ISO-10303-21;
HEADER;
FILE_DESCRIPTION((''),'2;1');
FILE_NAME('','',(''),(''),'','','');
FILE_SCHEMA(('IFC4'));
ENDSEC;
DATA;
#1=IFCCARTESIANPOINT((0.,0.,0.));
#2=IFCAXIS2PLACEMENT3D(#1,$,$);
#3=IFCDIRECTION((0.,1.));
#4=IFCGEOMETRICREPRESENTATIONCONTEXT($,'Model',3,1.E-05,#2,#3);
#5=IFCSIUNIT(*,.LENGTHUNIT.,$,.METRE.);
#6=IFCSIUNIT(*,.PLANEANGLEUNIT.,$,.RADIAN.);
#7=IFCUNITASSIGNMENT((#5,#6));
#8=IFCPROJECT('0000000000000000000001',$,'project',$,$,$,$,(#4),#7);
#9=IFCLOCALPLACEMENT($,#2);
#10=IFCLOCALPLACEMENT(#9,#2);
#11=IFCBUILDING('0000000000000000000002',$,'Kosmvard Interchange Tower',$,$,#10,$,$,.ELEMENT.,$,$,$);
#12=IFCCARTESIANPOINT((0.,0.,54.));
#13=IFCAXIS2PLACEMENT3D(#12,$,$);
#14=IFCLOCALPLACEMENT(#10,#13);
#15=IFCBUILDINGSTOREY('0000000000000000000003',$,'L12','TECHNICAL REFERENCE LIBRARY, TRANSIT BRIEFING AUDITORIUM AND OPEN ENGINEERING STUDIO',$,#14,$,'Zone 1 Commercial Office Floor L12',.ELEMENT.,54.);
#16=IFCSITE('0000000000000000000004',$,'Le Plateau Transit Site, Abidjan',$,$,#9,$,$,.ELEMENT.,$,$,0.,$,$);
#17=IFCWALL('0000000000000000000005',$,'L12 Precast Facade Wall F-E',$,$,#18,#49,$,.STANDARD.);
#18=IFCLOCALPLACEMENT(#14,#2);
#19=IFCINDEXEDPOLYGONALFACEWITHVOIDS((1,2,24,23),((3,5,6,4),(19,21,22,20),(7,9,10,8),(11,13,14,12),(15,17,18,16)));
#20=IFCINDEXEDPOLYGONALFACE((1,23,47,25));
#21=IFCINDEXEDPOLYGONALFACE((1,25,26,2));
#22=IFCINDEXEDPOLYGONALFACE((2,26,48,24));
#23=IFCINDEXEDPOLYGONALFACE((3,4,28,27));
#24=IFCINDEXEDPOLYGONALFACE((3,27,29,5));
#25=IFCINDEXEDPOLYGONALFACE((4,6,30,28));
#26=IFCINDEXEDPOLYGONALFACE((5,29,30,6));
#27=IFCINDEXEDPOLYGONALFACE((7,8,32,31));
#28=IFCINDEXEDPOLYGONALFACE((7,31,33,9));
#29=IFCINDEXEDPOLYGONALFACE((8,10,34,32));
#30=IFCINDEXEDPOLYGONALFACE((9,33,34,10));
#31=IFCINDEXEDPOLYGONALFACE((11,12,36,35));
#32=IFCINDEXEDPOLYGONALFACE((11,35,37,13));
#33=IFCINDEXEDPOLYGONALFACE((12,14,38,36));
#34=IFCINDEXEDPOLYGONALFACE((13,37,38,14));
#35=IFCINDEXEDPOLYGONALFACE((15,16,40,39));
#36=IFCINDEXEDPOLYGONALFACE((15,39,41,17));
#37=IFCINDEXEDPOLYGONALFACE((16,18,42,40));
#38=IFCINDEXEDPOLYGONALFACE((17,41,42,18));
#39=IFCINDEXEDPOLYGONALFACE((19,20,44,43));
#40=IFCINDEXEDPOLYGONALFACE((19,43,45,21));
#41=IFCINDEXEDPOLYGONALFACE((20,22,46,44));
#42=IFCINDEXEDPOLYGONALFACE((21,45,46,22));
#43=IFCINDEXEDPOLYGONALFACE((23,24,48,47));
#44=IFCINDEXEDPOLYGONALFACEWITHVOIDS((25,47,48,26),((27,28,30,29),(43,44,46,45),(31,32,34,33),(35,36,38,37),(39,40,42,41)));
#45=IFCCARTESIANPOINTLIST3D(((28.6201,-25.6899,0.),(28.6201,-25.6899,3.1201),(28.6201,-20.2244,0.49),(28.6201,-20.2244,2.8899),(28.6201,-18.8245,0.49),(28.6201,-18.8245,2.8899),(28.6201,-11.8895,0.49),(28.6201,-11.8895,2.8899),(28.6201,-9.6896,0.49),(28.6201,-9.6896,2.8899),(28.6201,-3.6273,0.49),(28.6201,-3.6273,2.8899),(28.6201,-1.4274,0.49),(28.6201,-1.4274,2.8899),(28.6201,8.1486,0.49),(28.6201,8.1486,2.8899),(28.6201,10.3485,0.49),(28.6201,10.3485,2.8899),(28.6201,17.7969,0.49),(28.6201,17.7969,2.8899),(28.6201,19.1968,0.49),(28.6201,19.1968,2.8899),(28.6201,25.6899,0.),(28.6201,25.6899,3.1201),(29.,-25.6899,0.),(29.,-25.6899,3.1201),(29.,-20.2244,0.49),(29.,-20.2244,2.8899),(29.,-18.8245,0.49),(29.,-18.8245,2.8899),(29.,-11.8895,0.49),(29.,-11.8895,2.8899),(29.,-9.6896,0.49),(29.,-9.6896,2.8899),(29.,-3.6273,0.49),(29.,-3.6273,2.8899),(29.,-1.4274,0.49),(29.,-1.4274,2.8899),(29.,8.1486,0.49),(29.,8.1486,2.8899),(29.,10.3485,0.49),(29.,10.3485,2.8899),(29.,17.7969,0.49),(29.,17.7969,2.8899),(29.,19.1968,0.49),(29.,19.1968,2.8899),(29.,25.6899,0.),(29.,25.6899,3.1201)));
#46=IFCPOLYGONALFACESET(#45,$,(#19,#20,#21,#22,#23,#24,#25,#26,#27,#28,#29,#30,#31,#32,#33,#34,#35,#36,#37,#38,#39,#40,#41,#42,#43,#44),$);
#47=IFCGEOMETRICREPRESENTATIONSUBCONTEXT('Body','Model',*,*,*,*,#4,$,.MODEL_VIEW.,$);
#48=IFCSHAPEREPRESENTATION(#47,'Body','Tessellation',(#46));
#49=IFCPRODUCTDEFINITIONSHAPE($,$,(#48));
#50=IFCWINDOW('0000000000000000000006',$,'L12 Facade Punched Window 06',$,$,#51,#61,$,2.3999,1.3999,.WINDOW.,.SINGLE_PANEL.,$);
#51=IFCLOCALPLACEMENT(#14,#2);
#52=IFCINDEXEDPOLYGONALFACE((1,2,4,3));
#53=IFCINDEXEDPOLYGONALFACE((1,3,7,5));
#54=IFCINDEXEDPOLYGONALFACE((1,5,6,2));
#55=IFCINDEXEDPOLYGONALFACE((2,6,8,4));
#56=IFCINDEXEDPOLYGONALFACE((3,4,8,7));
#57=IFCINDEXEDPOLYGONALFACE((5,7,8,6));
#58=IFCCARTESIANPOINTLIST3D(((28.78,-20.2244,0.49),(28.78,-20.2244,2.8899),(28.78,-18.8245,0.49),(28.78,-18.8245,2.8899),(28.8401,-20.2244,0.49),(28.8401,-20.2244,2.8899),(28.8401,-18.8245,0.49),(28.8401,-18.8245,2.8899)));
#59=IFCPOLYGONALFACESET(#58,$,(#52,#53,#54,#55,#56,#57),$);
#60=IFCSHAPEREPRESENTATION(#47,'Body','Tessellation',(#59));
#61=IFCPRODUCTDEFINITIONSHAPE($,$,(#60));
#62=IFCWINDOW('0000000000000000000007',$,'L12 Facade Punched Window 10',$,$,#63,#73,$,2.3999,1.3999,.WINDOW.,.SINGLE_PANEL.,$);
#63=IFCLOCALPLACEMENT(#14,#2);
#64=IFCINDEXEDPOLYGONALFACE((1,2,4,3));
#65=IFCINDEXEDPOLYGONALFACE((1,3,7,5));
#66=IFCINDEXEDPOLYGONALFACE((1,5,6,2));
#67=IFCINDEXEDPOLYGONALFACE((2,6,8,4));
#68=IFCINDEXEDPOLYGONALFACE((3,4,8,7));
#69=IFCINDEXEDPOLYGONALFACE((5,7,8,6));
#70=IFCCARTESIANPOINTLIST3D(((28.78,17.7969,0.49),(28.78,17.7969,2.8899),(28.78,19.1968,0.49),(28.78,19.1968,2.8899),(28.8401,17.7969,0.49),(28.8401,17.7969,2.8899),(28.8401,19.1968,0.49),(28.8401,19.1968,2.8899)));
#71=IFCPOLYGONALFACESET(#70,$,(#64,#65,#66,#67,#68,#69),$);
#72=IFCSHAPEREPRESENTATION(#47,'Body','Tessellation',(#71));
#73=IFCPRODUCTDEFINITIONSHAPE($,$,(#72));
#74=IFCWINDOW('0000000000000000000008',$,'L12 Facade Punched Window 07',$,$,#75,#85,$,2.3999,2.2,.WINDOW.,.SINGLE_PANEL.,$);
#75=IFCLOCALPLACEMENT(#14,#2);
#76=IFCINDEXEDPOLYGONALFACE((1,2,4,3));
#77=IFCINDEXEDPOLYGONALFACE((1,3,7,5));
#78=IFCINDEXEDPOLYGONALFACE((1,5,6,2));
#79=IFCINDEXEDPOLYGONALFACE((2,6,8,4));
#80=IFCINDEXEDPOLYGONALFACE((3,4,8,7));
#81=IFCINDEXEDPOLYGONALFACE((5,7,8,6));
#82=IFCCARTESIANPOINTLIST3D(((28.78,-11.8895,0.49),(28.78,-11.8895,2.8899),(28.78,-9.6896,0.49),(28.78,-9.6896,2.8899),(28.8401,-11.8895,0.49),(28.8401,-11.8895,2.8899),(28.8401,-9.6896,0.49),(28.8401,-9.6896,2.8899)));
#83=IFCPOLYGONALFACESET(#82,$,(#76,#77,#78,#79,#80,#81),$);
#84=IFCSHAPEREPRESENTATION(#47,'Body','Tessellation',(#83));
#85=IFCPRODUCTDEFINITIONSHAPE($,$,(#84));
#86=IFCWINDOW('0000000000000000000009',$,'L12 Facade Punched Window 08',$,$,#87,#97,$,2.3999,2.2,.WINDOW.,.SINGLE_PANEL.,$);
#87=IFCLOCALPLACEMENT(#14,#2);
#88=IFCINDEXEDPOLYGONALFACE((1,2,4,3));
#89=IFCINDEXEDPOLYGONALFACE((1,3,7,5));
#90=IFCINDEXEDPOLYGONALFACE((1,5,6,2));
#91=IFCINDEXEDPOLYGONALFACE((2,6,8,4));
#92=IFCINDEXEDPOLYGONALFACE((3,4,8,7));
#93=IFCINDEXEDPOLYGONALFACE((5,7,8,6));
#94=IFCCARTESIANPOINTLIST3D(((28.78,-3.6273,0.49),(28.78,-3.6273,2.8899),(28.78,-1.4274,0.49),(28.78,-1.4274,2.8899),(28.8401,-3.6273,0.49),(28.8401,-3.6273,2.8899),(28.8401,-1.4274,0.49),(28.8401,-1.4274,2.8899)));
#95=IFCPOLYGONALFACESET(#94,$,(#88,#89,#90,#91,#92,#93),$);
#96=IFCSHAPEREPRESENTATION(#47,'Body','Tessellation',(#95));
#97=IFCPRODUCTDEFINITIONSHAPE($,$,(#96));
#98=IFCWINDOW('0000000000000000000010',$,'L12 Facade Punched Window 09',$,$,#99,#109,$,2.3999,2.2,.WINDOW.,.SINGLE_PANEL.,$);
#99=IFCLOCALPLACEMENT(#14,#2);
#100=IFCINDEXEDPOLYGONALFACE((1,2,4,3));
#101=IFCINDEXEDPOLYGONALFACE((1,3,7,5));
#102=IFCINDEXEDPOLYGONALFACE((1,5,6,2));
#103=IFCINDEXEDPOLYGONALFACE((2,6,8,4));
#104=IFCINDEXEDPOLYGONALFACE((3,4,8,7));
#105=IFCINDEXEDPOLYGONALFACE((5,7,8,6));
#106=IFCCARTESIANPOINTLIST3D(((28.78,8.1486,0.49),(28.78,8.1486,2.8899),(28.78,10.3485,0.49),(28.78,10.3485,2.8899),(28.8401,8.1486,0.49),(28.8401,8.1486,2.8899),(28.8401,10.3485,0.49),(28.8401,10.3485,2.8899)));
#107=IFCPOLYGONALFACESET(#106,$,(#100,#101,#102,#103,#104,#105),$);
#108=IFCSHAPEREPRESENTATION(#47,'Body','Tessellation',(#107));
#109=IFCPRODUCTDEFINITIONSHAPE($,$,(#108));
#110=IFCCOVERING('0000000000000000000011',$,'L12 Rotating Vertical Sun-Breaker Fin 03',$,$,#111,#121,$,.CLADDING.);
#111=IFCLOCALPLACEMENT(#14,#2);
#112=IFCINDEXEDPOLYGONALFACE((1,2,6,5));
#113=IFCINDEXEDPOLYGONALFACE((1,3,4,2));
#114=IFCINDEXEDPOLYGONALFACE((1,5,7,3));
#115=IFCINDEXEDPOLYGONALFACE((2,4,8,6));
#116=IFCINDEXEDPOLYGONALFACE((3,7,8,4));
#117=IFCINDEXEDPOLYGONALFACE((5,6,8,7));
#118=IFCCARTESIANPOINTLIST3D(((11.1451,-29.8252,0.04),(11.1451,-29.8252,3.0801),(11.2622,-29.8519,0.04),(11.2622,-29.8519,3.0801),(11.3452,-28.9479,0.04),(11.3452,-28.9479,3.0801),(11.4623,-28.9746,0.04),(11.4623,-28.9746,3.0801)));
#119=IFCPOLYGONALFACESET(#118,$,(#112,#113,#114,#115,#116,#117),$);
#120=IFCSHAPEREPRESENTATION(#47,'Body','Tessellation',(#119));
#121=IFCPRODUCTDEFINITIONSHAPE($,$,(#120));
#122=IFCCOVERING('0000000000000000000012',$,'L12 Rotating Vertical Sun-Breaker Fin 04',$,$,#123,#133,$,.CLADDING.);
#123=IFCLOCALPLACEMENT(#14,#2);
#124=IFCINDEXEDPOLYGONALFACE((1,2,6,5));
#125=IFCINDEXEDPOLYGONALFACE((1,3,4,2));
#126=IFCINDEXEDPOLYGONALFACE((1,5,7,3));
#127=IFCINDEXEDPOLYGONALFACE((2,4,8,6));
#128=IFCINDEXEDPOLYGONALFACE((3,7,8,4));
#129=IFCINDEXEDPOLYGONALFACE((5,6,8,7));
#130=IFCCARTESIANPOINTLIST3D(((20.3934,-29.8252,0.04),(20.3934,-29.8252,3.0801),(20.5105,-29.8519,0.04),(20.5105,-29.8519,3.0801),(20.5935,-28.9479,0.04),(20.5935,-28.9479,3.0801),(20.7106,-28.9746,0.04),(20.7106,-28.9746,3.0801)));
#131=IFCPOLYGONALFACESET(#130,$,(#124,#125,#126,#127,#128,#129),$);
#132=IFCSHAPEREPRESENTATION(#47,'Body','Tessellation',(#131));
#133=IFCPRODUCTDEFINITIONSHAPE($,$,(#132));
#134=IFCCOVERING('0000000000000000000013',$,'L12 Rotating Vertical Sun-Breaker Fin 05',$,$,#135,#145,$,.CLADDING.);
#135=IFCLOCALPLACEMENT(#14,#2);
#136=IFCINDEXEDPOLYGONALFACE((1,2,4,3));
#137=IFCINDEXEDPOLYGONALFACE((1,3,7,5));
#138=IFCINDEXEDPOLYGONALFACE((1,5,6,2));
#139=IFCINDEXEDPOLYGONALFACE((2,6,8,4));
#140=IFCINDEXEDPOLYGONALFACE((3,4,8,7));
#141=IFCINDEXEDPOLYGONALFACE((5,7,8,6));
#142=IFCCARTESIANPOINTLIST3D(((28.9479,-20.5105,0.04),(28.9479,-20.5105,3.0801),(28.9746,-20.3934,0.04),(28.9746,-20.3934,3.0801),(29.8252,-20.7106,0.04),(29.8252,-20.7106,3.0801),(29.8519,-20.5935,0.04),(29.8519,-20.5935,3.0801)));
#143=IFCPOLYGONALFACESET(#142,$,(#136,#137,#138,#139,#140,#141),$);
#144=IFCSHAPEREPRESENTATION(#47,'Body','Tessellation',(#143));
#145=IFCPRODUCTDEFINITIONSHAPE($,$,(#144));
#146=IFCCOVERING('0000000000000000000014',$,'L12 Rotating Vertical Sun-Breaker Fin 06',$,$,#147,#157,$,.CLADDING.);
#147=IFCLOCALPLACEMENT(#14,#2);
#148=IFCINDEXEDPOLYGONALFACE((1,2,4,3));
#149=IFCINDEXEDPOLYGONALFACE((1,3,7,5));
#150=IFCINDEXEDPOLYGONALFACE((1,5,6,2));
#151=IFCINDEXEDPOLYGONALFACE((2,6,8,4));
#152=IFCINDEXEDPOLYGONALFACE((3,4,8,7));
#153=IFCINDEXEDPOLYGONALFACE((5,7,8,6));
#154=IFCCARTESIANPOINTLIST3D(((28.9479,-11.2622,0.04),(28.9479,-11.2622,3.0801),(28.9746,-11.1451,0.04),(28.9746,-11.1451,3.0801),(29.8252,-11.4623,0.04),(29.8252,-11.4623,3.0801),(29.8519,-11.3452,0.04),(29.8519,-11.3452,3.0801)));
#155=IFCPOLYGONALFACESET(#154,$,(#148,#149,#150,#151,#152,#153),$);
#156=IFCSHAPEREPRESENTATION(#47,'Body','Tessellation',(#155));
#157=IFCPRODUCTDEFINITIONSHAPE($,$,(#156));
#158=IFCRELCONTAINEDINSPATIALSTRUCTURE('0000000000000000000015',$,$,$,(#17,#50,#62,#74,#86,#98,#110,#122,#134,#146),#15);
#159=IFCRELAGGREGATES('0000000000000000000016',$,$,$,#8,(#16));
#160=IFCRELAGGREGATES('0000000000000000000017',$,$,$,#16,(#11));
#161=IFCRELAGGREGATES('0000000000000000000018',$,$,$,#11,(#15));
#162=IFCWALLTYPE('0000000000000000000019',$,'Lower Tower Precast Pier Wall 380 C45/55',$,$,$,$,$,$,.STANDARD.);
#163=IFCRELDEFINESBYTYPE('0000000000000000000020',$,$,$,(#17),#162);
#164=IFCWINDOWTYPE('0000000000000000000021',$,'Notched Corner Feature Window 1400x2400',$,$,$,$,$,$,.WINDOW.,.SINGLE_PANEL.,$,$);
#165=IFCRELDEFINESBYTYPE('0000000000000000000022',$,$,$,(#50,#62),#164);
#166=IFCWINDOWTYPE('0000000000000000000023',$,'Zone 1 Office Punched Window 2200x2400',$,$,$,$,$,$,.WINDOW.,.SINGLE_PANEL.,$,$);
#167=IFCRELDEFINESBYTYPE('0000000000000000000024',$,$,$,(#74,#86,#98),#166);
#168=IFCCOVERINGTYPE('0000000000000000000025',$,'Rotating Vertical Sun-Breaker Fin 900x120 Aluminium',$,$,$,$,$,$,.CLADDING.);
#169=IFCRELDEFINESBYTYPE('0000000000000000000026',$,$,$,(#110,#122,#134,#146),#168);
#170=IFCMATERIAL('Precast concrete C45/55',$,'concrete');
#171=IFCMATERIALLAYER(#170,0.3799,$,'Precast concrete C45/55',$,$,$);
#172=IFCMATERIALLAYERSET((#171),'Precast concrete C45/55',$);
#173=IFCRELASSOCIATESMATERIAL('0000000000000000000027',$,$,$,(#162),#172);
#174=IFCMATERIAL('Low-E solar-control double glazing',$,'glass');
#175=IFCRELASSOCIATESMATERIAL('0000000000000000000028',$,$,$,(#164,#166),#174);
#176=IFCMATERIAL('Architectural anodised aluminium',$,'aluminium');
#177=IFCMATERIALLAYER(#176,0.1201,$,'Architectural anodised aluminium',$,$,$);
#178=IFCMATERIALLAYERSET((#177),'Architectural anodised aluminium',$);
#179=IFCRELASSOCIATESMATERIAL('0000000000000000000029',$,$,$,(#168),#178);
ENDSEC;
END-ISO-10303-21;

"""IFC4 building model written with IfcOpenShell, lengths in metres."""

from ifc_helpers import new_model, si_unit, direction, frame, frame_2d, origin, origin_2d, place, context, subcontext, project, spatial, rectangle, extrude, source, transform, mapped, material, layer, layer_set, type_object, element, fill, save


model = new_model("IFC4")

# Units and contexts
model_context = context("Model", 3, precision=1e-05, world=origin(), true_north=direction((0.0, 1.0)))
body_context = subcontext(model_context, "Body", "Model", "MODEL_VIEW")
ifc_project = project(units=[si_unit("LENGTHUNIT", "METRE"), si_unit("PLANEANGLEUNIT", "RADIAN")], contexts=[model_context])

# Site, building, storey
site_placement = place(None, origin())
site = spatial("IfcSite", under=ifc_project, at=site_placement, Name="Le Plateau Transit Site, Abidjan", CompositionType="ELEMENT", RefElevation=0.0)
building_placement = place(site_placement, origin())
building = spatial("IfcBuilding", under=site, at=building_placement, Name="Kosmvard Interchange Tower", CompositionType="ELEMENT")
storey_placement = place(building_placement, frame((0.0, 0.0, 54.0)))
storey = spatial("IfcBuildingStorey", under=building, at=storey_placement, Name="L12", Description="TECHNICAL REFERENCE LIBRARY, TRANSIT BRIEFING AUDITORIUM AND OPEN ENGINEERING STUDIO", LongName="Zone 1 Commercial Office Floor L12", CompositionType="ELEMENT", Elevation=54.0)

# Shared definitions
ifc_material_1 = material(Name="Precast concrete C45/55", Category="concrete")

# Shared definitions
ifc_layer_1 = layer(ifc_material_1, 0.3799, Name="Precast concrete C45/55")
ifc_layer_set_1 = layer_set([ifc_layer_1], Name="Precast concrete C45/55")
wall_type_1 = type_object("IfcWallType", Name="Lower Tower Precast Pier Wall 380 C45/55", PredefinedType="STANDARD", material=ifc_layer_set_1)

# Wall, openings, windows
wall_1_placement = place(storey_placement, frame((28.8101, -25.6899, 0.0), z_axis=(0.0, 0.0, 1.0), x_axis=(0.0, 1.0, 0.0)))
wall_1 = element("IfcWall", 1, at=wall_1_placement, inside=storey, type_object=wall_type_1, Name="L12 Precast Facade Wall F-E", PredefinedType="STANDARD", context=body_context, shape_type="SweptSolid", body=[
    extrude(rectangle(XDim=51.3799, YDim=0.3799, at=frame_2d((25.6899, 0.0))), origin(), (0.0, 0.0, 1.0), 3.1201),
])
opening_1_placement = place(wall_1_placement, frame((5.4656, 0.0, 0.49)))
opening_1 = element("IfcOpeningElement", 2, at=opening_1_placement, cuts=wall_1, PredefinedType="OPENING", context=body_context, shape_type="SweptSolid", body=[
    extrude(rectangle(XDim=1.3999, YDim=2.3999, at=frame_2d((0.7, 1.2))), frame((0.0, 0.2, 0.0), z_axis=(0.0, -1.0, 0.0), x_axis=(1.0, 0.0, 0.0)), (0.0, 0.0, 1.0), 0.3999),
])
opening_2_placement = place(wall_1_placement, frame((13.8003, 0.0, 0.49)))
opening_2 = element("IfcOpeningElement", 3, at=opening_2_placement, cuts=wall_1, PredefinedType="OPENING", context=body_context, shape_type="SweptSolid", body=[
    extrude(rectangle(XDim=2.2, YDim=2.3999, at=frame_2d((1.1001, 1.2))), frame((0.0, 0.2, 0.0), z_axis=(0.0, -1.0, 0.0), x_axis=(1.0, 0.0, 0.0)), (0.0, 0.0, 1.0), 0.3999),
])
opening_3_placement = place(wall_1_placement, frame((22.0625, 0.0, 0.49)))
opening_3 = element("IfcOpeningElement", 4, at=opening_3_placement, cuts=wall_1, PredefinedType="OPENING", context=body_context, shape_type="SweptSolid", body=[
    extrude(rectangle(XDim=2.2, YDim=2.3999, at=frame_2d((1.1001, 1.2))), frame((0.0, 0.2, 0.0), z_axis=(0.0, -1.0, 0.0), x_axis=(1.0, 0.0, 0.0)), (0.0, 0.0, 1.0), 0.3999),
])
opening_4_placement = place(wall_1_placement, frame((33.8384, 0.0, 0.49)))
opening_4 = element("IfcOpeningElement", 5, at=opening_4_placement, cuts=wall_1, PredefinedType="OPENING", context=body_context, shape_type="SweptSolid", body=[
    extrude(rectangle(XDim=2.2, YDim=2.3999, at=frame_2d((1.1001, 1.2))), frame((0.0, 0.2, 0.0), z_axis=(0.0, -1.0, 0.0), x_axis=(1.0, 0.0, 0.0)), (0.0, 0.0, 1.0), 0.3999),
])
opening_5_placement = place(wall_1_placement, frame((43.4868, 0.0, 0.49)))
opening_5 = element("IfcOpeningElement", 6, at=opening_5_placement, cuts=wall_1, PredefinedType="OPENING", context=body_context, shape_type="SweptSolid", body=[
    extrude(rectangle(XDim=1.3999, YDim=2.3999, at=frame_2d((0.7, 1.2))), frame((0.0, 0.2, 0.0), z_axis=(0.0, -1.0, 0.0), x_axis=(1.0, 0.0, 0.0)), (0.0, 0.0, 1.0), 0.3999),
])
ifc_material_2 = material(Name="Low-E solar-control double glazing", Category="glass")
window_type_1 = type_object("IfcWindowType", Name="Notched Corner Feature Window 1400x2400", PartitioningType="SINGLE_PANEL", PredefinedType="WINDOW", material=ifc_material_2)
shared_shape_1 = source(origin(), body_context, "Body", "SweptSolid", [
    extrude(rectangle(XDim=1.3999, YDim=2.3999, at=frame_2d((0.7, 1.2))), frame((0.0, 0.03, 0.0), z_axis=(0.0, -1.0, 0.0), x_axis=(1.0, 0.0, 0.0)), (0.0, 0.0, 1.0), 0.0601),
])
window_1_placement = place(opening_1_placement, origin())
window_1 = element("IfcWindow", 7, at=window_1_placement, inside=storey, type_object=window_type_1, Name="L12 Facade Punched Window 06", OverallHeight=2.3999, OverallWidth=1.3999, PartitioningType="SINGLE_PANEL", PredefinedType="WINDOW", context=body_context, shape_type="MappedRepresentation", body=[
    mapped(shared_shape_1, transform((0.0, 0.0, 0.0), scale=1.0)),
])
fill(opening_1, window_1)
window_2_placement = place(opening_5_placement, origin())
window_2 = element("IfcWindow", 8, at=window_2_placement, inside=storey, type_object=window_type_1, Name="L12 Facade Punched Window 10", OverallHeight=2.3999, OverallWidth=1.3999, PartitioningType="SINGLE_PANEL", PredefinedType="WINDOW", context=body_context, shape_type="MappedRepresentation", body=[
    mapped(shared_shape_1, transform((0.0, 0.0, 0.0), scale=1.0)),
])
fill(opening_5, window_2)
window_type_2 = type_object("IfcWindowType", Name="Zone 1 Office Punched Window 2200x2400", PartitioningType="SINGLE_PANEL", PredefinedType="WINDOW", material=ifc_material_2)
shared_shape_2 = source(origin(), body_context, "Body", "SweptSolid", [
    extrude(rectangle(XDim=2.2, YDim=2.3999, at=frame_2d((1.1001, 1.2))), frame((0.0, 0.03, 0.0), z_axis=(0.0, -1.0, 0.0), x_axis=(1.0, 0.0, 0.0)), (0.0, 0.0, 1.0), 0.0601),
])
window_3_placement = place(opening_2_placement, origin())
window_3 = element("IfcWindow", 9, at=window_3_placement, inside=storey, type_object=window_type_2, Name="L12 Facade Punched Window 07", OverallHeight=2.3999, OverallWidth=2.2, PartitioningType="SINGLE_PANEL", PredefinedType="WINDOW", context=body_context, shape_type="MappedRepresentation", body=[
    mapped(shared_shape_2, transform((0.0, 0.0, 0.0), scale=1.0)),
])
fill(opening_2, window_3)
window_4_placement = place(opening_3_placement, origin())
window_4 = element("IfcWindow", 10, at=window_4_placement, inside=storey, type_object=window_type_2, Name="L12 Facade Punched Window 08", OverallHeight=2.3999, OverallWidth=2.2, PartitioningType="SINGLE_PANEL", PredefinedType="WINDOW", context=body_context, shape_type="MappedRepresentation", body=[
    mapped(shared_shape_2, transform((0.0, 0.0, 0.0), scale=1.0)),
])
fill(opening_3, window_4)
window_5_placement = place(opening_4_placement, origin())
window_5 = element("IfcWindow", 11, at=window_5_placement, inside=storey, type_object=window_type_2, Name="L12 Facade Punched Window 09", OverallHeight=2.3999, OverallWidth=2.2, PartitioningType="SINGLE_PANEL", PredefinedType="WINDOW", context=body_context, shape_type="MappedRepresentation", body=[
    mapped(shared_shape_2, transform((0.0, 0.0, 0.0), scale=1.0)),
])
fill(opening_4, window_5)

# Coverings
ifc_material_3 = material(Name="Architectural anodised aluminium", Category="aluminium")
ifc_layer_2 = layer(ifc_material_3, 0.1201, Name="Architectural anodised aluminium")
ifc_layer_set_2 = layer_set([ifc_layer_2], Name="Architectural anodised aluminium")
covering_type = type_object("IfcCoveringType", Name="Rotating Vertical Sun-Breaker Fin 900x120 Aluminium", PredefinedType="CLADDING", material=ifc_layer_set_2)
shared_shape_3 = source(origin(), body_context, "Body", "SweptSolid", [
    extrude(rectangle(XDim=0.8999, YDim=0.1201, at=origin_2d()), origin(), (0.0, 0.0, 1.0), 3.04),
])
for number, where, z_axis, x_axis, name in (
    (12, (11.3037, -29.3999, 0.04), (0.0, 0.0, 1.0), (-0.222399, -0.974956, 0.0), "L12 Rotating Vertical Sun-Breaker Fin 03"),
    (13, (20.552, -29.3999, 0.04), (0.0, 0.0, 1.0), (-0.222399, -0.974956, 0.0), "L12 Rotating Vertical Sun-Breaker Fin 04"),
    (14, (29.3999, -20.552, 0.04), (0.0, 0.0, 1.0), (0.974956, -0.222399, 0.0), "L12 Rotating Vertical Sun-Breaker Fin 05"),
    (15, (29.3999, -11.3037, 0.04), (0.0, 0.0, 1.0), (0.974956, -0.222399, 0.0), "L12 Rotating Vertical Sun-Breaker Fin 06"),
):
    element("IfcCovering", number, at=place(storey_placement, frame(where, z_axis=z_axis, x_axis=x_axis)), inside=storey, type_object=covering_type, Name=name, PredefinedType="CLADDING", context=body_context, shape_type="MappedRepresentation", body=[
        mapped(shared_shape_3, transform((0.0, 0.0, 0.0), scale=1.0)),
    ])

save(model, "model.ifc")
